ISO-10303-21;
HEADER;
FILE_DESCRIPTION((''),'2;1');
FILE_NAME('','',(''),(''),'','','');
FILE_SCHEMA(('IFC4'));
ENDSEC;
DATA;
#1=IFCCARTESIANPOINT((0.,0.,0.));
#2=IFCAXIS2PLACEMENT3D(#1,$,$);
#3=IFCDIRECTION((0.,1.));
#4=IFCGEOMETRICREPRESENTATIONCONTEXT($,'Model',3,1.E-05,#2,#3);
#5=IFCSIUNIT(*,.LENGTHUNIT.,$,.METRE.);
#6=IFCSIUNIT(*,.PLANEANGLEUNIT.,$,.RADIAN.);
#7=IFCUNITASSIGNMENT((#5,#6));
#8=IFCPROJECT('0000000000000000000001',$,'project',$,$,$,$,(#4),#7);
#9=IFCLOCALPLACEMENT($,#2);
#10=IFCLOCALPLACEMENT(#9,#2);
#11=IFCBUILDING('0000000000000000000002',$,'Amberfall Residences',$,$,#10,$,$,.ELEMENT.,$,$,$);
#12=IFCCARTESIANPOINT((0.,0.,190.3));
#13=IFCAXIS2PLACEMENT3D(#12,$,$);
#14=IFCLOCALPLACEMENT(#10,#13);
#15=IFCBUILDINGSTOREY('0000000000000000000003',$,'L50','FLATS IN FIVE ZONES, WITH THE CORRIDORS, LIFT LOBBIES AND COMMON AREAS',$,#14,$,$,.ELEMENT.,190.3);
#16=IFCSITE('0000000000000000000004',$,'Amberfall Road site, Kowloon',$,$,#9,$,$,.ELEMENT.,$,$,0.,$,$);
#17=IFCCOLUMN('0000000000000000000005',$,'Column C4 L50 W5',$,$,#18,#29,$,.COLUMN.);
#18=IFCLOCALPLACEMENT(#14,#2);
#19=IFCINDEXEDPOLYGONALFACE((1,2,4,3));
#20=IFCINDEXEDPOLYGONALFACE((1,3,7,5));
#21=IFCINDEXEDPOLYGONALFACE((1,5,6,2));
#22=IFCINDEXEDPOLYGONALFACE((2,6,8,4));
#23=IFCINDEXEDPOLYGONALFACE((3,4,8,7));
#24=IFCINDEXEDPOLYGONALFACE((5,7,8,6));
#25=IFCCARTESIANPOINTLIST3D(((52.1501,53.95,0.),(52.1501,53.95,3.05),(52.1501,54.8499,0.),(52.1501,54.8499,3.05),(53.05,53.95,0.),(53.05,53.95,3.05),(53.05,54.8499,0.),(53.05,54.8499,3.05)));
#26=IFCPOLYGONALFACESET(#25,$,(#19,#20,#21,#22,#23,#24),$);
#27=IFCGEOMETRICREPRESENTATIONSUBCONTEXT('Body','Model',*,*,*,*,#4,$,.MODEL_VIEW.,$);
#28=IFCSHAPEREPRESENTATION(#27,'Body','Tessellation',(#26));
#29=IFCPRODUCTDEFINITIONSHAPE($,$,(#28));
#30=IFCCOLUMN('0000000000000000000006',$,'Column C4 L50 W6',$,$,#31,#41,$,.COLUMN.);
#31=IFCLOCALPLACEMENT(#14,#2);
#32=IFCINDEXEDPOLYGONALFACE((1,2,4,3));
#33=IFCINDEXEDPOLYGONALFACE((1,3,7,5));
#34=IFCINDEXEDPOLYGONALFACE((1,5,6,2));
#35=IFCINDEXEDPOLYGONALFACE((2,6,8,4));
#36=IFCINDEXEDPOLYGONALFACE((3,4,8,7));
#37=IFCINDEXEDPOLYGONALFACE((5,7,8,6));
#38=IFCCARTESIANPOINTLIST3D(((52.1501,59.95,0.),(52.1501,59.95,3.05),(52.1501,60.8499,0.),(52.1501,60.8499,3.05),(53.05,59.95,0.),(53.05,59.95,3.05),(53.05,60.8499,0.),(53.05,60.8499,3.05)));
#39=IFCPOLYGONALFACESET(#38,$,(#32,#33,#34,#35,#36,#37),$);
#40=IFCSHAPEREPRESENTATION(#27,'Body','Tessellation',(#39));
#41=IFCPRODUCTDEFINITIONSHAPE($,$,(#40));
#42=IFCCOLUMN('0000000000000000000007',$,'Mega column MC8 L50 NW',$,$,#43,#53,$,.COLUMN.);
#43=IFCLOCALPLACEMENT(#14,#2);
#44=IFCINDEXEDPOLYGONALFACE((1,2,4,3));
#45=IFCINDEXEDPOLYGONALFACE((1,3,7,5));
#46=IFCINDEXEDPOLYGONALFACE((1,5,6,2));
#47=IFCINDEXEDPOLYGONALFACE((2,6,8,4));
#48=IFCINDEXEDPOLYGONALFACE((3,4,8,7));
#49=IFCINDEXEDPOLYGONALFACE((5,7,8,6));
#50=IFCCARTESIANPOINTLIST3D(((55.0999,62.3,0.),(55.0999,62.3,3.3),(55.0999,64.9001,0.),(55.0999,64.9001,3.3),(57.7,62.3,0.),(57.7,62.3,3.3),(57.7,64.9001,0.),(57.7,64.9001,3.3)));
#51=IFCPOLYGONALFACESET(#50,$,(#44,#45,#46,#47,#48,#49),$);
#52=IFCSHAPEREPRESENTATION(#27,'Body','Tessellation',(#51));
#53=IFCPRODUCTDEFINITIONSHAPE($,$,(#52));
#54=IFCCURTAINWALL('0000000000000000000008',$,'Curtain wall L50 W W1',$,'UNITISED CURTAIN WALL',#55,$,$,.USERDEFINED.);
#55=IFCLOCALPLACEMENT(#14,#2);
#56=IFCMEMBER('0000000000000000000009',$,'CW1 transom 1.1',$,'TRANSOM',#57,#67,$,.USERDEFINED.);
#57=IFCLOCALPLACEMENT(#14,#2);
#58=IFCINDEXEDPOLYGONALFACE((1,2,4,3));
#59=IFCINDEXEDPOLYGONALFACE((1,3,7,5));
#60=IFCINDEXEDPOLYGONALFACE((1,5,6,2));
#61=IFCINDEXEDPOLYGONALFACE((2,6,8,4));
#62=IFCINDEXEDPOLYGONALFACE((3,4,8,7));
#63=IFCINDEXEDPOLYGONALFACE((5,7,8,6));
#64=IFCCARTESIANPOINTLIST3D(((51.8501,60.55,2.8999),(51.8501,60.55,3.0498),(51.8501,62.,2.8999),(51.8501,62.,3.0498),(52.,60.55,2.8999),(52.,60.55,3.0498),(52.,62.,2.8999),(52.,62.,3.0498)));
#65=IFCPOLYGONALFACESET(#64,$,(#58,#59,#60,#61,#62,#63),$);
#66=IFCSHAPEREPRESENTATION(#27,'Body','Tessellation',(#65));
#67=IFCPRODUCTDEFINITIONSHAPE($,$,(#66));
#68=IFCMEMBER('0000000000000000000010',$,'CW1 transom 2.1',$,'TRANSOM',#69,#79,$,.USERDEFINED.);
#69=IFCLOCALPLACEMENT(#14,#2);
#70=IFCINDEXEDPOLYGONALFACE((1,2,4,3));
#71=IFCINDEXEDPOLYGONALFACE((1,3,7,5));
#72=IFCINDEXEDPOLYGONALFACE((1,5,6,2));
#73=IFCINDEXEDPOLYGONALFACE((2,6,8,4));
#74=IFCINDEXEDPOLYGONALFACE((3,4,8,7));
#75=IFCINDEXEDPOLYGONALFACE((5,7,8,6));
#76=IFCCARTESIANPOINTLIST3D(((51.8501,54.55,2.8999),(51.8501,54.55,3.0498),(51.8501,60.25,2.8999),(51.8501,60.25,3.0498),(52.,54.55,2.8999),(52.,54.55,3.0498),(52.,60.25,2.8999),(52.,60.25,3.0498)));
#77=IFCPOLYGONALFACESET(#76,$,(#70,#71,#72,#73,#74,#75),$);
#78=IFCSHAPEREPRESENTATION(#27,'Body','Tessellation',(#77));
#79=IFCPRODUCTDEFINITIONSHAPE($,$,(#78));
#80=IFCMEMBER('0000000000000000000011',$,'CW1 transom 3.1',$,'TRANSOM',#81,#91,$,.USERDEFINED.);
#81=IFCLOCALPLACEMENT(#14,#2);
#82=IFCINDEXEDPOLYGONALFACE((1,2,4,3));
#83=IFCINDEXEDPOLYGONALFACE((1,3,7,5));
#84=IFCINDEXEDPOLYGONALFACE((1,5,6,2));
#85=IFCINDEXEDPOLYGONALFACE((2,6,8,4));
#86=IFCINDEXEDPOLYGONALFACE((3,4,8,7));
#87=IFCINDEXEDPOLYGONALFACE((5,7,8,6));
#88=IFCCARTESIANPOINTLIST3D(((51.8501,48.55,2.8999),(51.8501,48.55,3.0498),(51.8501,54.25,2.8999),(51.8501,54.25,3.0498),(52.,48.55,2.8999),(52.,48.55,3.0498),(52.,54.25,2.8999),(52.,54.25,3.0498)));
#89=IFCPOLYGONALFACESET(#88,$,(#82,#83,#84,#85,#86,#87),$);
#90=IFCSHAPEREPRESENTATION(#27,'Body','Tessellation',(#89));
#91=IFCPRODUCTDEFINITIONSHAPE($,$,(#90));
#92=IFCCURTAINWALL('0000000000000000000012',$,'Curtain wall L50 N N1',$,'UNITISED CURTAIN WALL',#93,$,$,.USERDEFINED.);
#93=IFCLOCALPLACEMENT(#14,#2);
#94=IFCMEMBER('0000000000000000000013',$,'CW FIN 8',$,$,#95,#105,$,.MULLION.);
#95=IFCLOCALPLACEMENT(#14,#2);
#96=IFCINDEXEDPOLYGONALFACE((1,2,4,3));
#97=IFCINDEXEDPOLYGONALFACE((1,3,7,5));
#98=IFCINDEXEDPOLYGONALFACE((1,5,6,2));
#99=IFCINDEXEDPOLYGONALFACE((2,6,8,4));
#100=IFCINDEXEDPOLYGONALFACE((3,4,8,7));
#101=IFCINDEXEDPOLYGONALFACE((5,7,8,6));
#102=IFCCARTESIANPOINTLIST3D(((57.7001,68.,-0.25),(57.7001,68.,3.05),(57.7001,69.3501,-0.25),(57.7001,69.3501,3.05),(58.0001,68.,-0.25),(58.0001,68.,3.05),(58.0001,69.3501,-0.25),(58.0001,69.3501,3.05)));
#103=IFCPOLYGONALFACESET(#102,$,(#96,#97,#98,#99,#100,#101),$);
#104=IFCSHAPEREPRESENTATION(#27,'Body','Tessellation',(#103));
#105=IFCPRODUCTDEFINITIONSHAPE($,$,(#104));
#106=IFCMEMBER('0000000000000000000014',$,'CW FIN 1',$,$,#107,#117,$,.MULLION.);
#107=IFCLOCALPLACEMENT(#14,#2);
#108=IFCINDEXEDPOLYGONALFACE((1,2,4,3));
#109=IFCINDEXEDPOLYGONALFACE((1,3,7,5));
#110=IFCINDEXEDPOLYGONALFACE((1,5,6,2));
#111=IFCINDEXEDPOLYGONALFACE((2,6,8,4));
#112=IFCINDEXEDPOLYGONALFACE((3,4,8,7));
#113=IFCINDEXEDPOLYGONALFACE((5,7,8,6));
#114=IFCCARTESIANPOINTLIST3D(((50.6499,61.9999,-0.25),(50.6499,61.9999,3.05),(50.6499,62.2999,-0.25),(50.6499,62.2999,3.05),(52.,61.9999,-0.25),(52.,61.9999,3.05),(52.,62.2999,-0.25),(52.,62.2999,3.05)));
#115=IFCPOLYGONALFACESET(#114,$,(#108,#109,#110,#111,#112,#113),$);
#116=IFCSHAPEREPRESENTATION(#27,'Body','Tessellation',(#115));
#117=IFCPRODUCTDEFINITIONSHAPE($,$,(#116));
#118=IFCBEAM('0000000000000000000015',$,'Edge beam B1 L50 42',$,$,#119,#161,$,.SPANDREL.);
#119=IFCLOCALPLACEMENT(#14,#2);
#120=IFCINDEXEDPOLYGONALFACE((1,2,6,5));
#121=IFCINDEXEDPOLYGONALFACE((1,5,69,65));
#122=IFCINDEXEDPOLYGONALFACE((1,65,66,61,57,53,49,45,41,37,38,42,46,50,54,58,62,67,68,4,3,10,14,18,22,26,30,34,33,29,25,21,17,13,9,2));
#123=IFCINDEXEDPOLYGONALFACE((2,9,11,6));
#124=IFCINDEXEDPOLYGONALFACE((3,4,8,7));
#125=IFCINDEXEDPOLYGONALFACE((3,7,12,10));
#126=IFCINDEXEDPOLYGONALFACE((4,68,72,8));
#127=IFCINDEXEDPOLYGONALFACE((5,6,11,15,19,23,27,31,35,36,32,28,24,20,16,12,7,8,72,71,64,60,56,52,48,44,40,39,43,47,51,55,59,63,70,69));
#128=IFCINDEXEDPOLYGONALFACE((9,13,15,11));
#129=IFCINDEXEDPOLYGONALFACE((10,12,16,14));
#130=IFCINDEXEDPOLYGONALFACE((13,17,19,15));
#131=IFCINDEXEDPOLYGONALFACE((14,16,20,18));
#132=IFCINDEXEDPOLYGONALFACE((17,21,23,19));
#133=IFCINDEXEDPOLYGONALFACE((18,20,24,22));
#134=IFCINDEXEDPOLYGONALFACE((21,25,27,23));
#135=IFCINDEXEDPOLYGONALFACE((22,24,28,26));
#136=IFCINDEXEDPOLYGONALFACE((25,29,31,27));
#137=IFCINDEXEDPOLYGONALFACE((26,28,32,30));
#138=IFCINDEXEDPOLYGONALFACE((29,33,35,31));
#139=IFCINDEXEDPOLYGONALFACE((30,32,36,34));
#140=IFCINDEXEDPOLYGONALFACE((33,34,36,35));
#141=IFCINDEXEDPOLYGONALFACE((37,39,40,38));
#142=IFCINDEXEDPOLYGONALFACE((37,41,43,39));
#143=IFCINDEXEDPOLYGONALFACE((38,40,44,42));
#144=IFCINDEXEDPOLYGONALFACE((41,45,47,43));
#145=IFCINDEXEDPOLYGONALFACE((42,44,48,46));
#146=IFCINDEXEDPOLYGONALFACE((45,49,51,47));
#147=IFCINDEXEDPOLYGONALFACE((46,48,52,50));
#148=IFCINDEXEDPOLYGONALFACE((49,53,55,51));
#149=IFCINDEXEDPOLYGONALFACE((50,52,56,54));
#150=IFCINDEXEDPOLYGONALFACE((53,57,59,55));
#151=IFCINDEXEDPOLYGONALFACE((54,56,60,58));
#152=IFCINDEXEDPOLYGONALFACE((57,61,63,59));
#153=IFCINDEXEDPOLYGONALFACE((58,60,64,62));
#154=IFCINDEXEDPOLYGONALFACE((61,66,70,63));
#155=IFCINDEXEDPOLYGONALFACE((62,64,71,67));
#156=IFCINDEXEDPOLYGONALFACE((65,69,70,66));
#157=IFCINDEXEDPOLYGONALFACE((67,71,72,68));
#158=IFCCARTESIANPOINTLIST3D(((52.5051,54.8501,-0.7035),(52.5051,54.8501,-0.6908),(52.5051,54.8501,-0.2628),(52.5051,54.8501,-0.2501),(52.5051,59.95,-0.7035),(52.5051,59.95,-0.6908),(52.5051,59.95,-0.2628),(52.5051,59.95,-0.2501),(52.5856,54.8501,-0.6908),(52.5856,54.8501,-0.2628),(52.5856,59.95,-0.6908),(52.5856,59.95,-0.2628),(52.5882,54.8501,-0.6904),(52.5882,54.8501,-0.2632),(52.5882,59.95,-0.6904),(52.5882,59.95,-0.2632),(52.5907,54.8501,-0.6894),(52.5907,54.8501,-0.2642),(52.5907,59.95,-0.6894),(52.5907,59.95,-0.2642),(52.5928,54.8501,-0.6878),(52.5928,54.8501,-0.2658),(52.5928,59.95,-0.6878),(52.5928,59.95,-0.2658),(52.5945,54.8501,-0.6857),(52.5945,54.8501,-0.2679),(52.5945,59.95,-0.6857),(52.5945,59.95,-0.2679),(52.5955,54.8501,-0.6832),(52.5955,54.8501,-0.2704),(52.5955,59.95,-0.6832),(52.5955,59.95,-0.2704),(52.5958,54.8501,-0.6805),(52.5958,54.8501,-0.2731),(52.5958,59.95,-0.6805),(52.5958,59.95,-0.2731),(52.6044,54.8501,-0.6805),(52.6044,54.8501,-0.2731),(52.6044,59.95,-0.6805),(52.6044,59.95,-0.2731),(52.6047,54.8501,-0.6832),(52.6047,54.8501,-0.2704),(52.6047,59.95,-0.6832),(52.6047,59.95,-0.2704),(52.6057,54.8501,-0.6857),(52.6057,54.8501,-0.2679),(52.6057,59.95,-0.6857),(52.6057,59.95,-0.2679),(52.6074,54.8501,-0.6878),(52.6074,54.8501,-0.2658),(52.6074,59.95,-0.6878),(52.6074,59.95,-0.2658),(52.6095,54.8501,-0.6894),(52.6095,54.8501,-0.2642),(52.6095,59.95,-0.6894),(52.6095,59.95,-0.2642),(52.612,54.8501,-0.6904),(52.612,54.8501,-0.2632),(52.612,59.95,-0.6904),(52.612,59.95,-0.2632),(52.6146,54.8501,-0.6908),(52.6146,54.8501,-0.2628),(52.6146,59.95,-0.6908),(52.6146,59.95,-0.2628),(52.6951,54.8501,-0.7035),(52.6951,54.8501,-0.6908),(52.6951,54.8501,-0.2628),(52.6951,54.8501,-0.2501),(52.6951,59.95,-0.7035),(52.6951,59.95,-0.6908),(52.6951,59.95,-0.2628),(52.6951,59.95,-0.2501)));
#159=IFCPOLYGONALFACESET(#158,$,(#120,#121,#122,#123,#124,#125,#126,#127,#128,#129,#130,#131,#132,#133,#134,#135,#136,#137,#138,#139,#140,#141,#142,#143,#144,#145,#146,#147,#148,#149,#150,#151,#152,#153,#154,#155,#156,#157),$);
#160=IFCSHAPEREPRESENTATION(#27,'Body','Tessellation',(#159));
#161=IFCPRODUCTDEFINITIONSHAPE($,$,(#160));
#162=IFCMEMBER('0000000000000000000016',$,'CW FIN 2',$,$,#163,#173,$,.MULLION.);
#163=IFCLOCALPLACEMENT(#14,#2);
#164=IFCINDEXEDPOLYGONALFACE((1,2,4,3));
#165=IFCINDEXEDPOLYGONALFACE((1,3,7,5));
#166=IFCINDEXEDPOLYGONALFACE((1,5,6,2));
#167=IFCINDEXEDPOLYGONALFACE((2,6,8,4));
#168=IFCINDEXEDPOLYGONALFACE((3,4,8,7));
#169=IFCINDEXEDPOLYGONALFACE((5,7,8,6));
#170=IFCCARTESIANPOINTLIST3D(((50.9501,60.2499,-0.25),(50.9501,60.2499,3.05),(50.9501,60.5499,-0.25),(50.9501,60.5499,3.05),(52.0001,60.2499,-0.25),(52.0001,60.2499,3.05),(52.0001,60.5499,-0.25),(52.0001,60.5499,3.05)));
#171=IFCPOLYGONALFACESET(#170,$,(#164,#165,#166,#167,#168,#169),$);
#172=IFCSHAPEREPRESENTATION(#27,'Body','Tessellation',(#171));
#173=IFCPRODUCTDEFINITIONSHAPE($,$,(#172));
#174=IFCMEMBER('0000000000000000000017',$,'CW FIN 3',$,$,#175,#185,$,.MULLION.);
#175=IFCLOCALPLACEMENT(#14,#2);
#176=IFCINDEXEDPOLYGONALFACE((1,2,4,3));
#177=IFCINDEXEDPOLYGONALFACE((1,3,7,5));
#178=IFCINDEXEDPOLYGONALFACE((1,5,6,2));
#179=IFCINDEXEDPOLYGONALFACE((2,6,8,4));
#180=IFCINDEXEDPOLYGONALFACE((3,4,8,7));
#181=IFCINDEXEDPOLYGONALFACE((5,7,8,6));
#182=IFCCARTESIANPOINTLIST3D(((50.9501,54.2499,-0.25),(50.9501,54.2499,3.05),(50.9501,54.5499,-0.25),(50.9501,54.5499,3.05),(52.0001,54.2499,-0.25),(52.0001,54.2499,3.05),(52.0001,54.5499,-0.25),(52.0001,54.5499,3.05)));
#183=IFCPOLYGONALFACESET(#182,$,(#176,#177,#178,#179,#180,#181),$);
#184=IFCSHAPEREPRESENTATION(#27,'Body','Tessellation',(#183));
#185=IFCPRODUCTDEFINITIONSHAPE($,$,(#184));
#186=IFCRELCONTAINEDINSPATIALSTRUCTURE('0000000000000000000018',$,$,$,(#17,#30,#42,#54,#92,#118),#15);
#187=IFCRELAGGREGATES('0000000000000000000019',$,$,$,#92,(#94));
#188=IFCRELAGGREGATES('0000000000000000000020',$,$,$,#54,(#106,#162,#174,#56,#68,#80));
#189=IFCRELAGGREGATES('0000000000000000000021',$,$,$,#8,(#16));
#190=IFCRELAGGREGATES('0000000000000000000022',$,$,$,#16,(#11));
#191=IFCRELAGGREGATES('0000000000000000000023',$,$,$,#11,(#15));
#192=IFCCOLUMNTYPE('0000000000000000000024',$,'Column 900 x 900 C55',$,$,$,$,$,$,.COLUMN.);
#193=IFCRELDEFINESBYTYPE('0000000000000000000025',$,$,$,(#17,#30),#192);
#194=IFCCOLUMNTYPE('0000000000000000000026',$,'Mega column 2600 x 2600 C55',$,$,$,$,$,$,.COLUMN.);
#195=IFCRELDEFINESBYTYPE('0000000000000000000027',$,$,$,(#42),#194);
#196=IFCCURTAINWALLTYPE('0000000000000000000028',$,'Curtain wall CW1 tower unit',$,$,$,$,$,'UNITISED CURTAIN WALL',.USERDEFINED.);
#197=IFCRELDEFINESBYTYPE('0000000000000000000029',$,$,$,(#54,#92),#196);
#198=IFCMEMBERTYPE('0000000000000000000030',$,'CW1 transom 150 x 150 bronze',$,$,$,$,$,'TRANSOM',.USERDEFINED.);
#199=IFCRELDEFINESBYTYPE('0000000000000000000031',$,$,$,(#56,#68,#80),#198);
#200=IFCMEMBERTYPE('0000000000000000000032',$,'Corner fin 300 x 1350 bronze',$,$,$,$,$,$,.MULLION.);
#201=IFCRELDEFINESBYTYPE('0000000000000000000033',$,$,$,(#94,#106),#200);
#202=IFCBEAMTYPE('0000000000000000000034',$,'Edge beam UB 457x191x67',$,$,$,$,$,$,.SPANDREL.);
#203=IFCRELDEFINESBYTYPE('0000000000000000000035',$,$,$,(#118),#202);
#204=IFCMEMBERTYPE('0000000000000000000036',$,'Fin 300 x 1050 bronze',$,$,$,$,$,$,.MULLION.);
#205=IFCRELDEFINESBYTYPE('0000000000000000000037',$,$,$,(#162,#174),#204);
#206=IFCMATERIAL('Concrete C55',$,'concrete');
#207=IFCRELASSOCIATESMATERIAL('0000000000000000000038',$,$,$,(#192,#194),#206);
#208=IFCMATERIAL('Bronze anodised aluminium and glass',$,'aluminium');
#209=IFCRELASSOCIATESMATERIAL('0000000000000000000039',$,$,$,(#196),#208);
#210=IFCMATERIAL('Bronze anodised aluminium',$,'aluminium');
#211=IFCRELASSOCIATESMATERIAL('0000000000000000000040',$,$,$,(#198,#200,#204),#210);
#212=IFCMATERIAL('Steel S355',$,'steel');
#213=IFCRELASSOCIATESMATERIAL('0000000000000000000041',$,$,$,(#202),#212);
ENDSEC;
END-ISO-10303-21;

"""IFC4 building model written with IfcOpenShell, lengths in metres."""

from ifc_helpers import new_model, si_unit, direction, frame, origin, origin_2d, place, context, subcontext, project, spatial, rectangle, i_section, extrude, material, material_profile, profile_set, type_object, element, aggregate, save


model = new_model("IFC4")

# Units and contexts
model_context = context("Model", 3, precision=1e-05, world=origin(), true_north=direction((0.0, 1.0)))
body_context = subcontext(model_context, "Body", "Model", "MODEL_VIEW")
ifc_project = project(units=[si_unit("LENGTHUNIT", "METRE"), si_unit("PLANEANGLEUNIT", "RADIAN")], contexts=[model_context])

# Site, building, storey
site_placement = place(None, origin())
site = spatial("IfcSite", under=ifc_project, at=site_placement, Name="Amberfall Road site, Kowloon", CompositionType="ELEMENT", RefElevation=0.0)
building_placement = place(site_placement, origin())
building = spatial("IfcBuilding", under=site, at=building_placement, Name="Amberfall Residences", CompositionType="ELEMENT")
storey_placement = place(building_placement, frame((0.0, 0.0, 190.3)))
storey = spatial("IfcBuildingStorey", under=building, at=storey_placement, Name="L50", Description="FLATS IN FIVE ZONES, WITH THE CORRIDORS, LIFT LOBBIES AND COMMON AREAS", CompositionType="ELEMENT", Elevation=190.3)

# Columns
ifc_material_1 = material(Name="Concrete C55", Category="concrete")
ifc_material_profile_1 = material_profile(ifc_material_1, rectangle(XDim=0.8999, YDim=0.8999, at=origin_2d()), Name="Column 900 x 900 C55")
ifc_profile_set_1 = profile_set([ifc_material_profile_1], Name="Concrete C55")
column_type_1 = type_object("IfcColumnType", Name="Column 900 x 900 C55", PredefinedType="COLUMN", material=ifc_profile_set_1)
for number, where, z_axis, x_axis, name in (
    (1, (52.6001, 54.3999, 0.0), (0.0, 0.0, 1.0), (1.0, 0.0, 0.0), "Column C4 L50 W5"),
    (2, (52.6001, 60.3999, 0.0), (0.0, 0.0, 1.0), (1.0, 0.0, 0.0), "Column C4 L50 W6"),
):
    element("IfcColumn", number, at=place(storey_placement, frame(where, z_axis=z_axis, x_axis=x_axis)), inside=storey, type_object=column_type_1, Name=name, PredefinedType="COLUMN", context=body_context, shape_type="SweptSolid", body=[
        extrude(rectangle(XDim=0.8999, YDim=0.8999, at=origin_2d()), origin(), (0.0, 0.0, 1.0), 3.05),
    ])
ifc_material_profile_2 = material_profile(ifc_material_1, rectangle(XDim=2.6001, YDim=2.6001, at=origin_2d()), Name="Mega column 2600 x 2600 C55")
ifc_profile_set_2 = profile_set([ifc_material_profile_2], Name="Concrete C55")
column_type_2 = type_object("IfcColumnType", Name="Mega column 2600 x 2600 C55", PredefinedType="COLUMN", material=ifc_profile_set_2)
column_placement = place(storey_placement, frame((56.3999, 63.6001, 0.0), z_axis=(0.0, 0.0, 1.0), x_axis=(1.0, 0.0, 0.0)))
element("IfcColumn", 3, at=column_placement, inside=storey, type_object=column_type_2, Name="Mega column MC8 L50 NW", PredefinedType="COLUMN", context=body_context, shape_type="SweptSolid", body=[
    extrude(rectangle(XDim=2.6001, YDim=2.6001, at=origin_2d()), origin(), (0.0, 0.0, 1.0), 3.3),
])

# Curtain wall, members
ifc_material_2 = material(Name="Bronze anodised aluminium and glass", Category="aluminium")
curtain_wall_type = type_object("IfcCurtainWallType", Name="Curtain wall CW1 tower unit", ElementType="UNITISED CURTAIN WALL", PredefinedType="USERDEFINED", material=ifc_material_2)
curtain_wall_1_placement = place(storey_placement, origin())
curtain_wall_1 = element("IfcCurtainWall", 4, at=curtain_wall_1_placement, inside=storey, type_object=curtain_wall_type, Name="Curtain wall L50 W W1", ObjectType="UNITISED CURTAIN WALL", PredefinedType="USERDEFINED")
ifc_material_3 = material(Name="Bronze anodised aluminium", Category="aluminium")
ifc_material_profile_3 = material_profile(ifc_material_3, rectangle(XDim=0.1499, YDim=0.1499, at=origin_2d()), Name="CW1 transom 150 x 150 bronze")
ifc_profile_set_3 = profile_set([ifc_material_profile_3], Name="Bronze anodised aluminium")
member_type_1 = type_object("IfcMemberType", Name="CW1 transom 150 x 150 bronze", ElementType="TRANSOM", PredefinedType="USERDEFINED", material=ifc_profile_set_3)
member_1_placement = place(storey_placement, frame((51.925, 62.0, 2.9749), z_axis=(0.0, -1.0, 0.0), x_axis=(1.0, 0.0, 0.0)))
member_1 = element("IfcMember", 5, at=member_1_placement, type_object=member_type_1, Name="CW1 transom 1.1", ObjectType="TRANSOM", PredefinedType="USERDEFINED", context=body_context, shape_type="SweptSolid", body=[
    extrude(rectangle(XDim=0.1499, YDim=0.1499, at=origin_2d()), origin(), (0.0, 0.0, 1.0), 1.45),
])
member_2_placement = place(storey_placement, frame((51.925, 60.25, 2.9749), z_axis=(0.0, -1.0, 0.0), x_axis=(1.0, 0.0, 0.0)))
member_2 = element("IfcMember", 6, at=member_2_placement, type_object=member_type_1, Name="CW1 transom 2.1", ObjectType="TRANSOM", PredefinedType="USERDEFINED", context=body_context, shape_type="SweptSolid", body=[
    extrude(rectangle(XDim=0.1499, YDim=0.1499, at=origin_2d()), origin(), (0.0, 0.0, 1.0), 5.7),
])
member_3_placement = place(storey_placement, frame((51.925, 54.25, 2.9749), z_axis=(0.0, -1.0, 0.0), x_axis=(1.0, 0.0, 0.0)))
member_3 = element("IfcMember", 7, at=member_3_placement, type_object=member_type_1, Name="CW1 transom 3.1", ObjectType="TRANSOM", PredefinedType="USERDEFINED", context=body_context, shape_type="SweptSolid", body=[
    extrude(rectangle(XDim=0.1499, YDim=0.1499, at=origin_2d()), origin(), (0.0, 0.0, 1.0), 5.7),
])

# Curtain wall, member
curtain_wall_2_placement = place(storey_placement, origin())
curtain_wall_2 = element("IfcCurtainWall", 8, at=curtain_wall_2_placement, inside=storey, type_object=curtain_wall_type, Name="Curtain wall L50 N N1", ObjectType="UNITISED CURTAIN WALL", PredefinedType="USERDEFINED")
ifc_material_profile_4 = material_profile(ifc_material_3, rectangle(XDim=1.3501, YDim=0.3, at=origin_2d()), Name="Corner fin 300 x 1350 bronze")
ifc_profile_set_4 = profile_set([ifc_material_profile_4], Name="Bronze anodised aluminium")
member_type_2 = type_object("IfcMemberType", Name="Corner fin 300 x 1350 bronze", PredefinedType="MULLION", material=ifc_profile_set_4)
member_4_placement = place(storey_placement, frame((57.8501, 68.675, -0.25), z_axis=(0.0, 0.0, 1.0), x_axis=(0.0, -1.0, 0.0)))
member_4 = element("IfcMember", 9, at=member_4_placement, type_object=member_type_2, Name="CW FIN 8", PredefinedType="MULLION", context=body_context, shape_type="SweptSolid", body=[
    extrude(rectangle(XDim=1.3501, YDim=0.3, at=origin_2d()), origin(), (0.0, 0.0, 1.0), 3.3),
])
aggregate(curtain_wall_2, [member_4])

# Member
member_5_placement = place(storey_placement, frame((51.325, 62.1499, -0.25), z_axis=(0.0, 0.0, 1.0), x_axis=(1.0, 0.0, 0.0)))
member_5 = element("IfcMember", 10, at=member_5_placement, type_object=member_type_2, Name="CW FIN 1", PredefinedType="MULLION", context=body_context, shape_type="SweptSolid", body=[
    extrude(rectangle(XDim=1.3501, YDim=0.3, at=origin_2d()), origin(), (0.0, 0.0, 1.0), 3.3),
])

# Beam
ifc_material_4 = material(Name="Steel S355", Category="steel")
ifc_material_profile_5 = material_profile(ifc_material_4, i_section(OverallWidth=0.1899, OverallDepth=0.4534, WebThickness=0.0085, FlangeThickness=0.0127, FilletRadius=0.0103, at=origin_2d()), Name="UB 457x191x67")
ifc_profile_set_5 = profile_set([ifc_material_profile_5], Name="Steel S355")
beam_type_1 = type_object("IfcBeamType", Name="Edge beam UB 457x191x67", PredefinedType="SPANDREL", material=ifc_profile_set_5)
beam_1_placement = place(storey_placement, frame((52.6001, 54.8501, -0.4768), z_axis=(0.0, 1.0, 0.0), x_axis=(-1.0, 0.0, 0.0)))
element("IfcBeam", 11, at=beam_1_placement, inside=storey, type_object=beam_type_1, Name="Edge beam B1 L50 42", PredefinedType="SPANDREL", context=body_context, shape_type="SweptSolid", body=[
    extrude(i_section(OverallWidth=0.1899, OverallDepth=0.4534, WebThickness=0.0085, FlangeThickness=0.0127, FilletRadius=0.0103, at=origin_2d()), origin(), (0.0, 0.0, 1.0), 5.0999),
])

# Members
ifc_material_profile_6 = material_profile(ifc_material_3, rectangle(XDim=1.05, YDim=0.3, at=origin_2d()), Name="Fin 300 x 1050 bronze")
ifc_profile_set_6 = profile_set([ifc_material_profile_6], Name="Bronze anodised aluminium")
member_type_3 = type_object("IfcMemberType", Name="Fin 300 x 1050 bronze", PredefinedType="MULLION", material=ifc_profile_set_6)
member_6_placement = place(storey_placement, frame((51.4751, 60.3999, -0.25), z_axis=(0.0, 0.0, 1.0), x_axis=(1.0, 0.0, 0.0)))
member_6 = element("IfcMember", 12, at=member_6_placement, type_object=member_type_3, Name="CW FIN 2", PredefinedType="MULLION", context=body_context, shape_type="SweptSolid", body=[
    extrude(rectangle(XDim=1.05, YDim=0.3, at=origin_2d()), origin(), (0.0, 0.0, 1.0), 3.3),
])
member_7_placement = place(storey_placement, frame((51.4751, 54.3999, -0.25), z_axis=(0.0, 0.0, 1.0), x_axis=(1.0, 0.0, 0.0)))
member_7 = element("IfcMember", 13, at=member_7_placement, type_object=member_type_3, Name="CW FIN 3", PredefinedType="MULLION", context=body_context, shape_type="SweptSolid", body=[
    extrude(rectangle(XDim=1.05, YDim=0.3, at=origin_2d()), origin(), (0.0, 0.0, 1.0), 3.3),
])

aggregate(curtain_wall_1, [member_5, member_6, member_7, member_1, member_2, member_3])

save(model, "model.ifc")
